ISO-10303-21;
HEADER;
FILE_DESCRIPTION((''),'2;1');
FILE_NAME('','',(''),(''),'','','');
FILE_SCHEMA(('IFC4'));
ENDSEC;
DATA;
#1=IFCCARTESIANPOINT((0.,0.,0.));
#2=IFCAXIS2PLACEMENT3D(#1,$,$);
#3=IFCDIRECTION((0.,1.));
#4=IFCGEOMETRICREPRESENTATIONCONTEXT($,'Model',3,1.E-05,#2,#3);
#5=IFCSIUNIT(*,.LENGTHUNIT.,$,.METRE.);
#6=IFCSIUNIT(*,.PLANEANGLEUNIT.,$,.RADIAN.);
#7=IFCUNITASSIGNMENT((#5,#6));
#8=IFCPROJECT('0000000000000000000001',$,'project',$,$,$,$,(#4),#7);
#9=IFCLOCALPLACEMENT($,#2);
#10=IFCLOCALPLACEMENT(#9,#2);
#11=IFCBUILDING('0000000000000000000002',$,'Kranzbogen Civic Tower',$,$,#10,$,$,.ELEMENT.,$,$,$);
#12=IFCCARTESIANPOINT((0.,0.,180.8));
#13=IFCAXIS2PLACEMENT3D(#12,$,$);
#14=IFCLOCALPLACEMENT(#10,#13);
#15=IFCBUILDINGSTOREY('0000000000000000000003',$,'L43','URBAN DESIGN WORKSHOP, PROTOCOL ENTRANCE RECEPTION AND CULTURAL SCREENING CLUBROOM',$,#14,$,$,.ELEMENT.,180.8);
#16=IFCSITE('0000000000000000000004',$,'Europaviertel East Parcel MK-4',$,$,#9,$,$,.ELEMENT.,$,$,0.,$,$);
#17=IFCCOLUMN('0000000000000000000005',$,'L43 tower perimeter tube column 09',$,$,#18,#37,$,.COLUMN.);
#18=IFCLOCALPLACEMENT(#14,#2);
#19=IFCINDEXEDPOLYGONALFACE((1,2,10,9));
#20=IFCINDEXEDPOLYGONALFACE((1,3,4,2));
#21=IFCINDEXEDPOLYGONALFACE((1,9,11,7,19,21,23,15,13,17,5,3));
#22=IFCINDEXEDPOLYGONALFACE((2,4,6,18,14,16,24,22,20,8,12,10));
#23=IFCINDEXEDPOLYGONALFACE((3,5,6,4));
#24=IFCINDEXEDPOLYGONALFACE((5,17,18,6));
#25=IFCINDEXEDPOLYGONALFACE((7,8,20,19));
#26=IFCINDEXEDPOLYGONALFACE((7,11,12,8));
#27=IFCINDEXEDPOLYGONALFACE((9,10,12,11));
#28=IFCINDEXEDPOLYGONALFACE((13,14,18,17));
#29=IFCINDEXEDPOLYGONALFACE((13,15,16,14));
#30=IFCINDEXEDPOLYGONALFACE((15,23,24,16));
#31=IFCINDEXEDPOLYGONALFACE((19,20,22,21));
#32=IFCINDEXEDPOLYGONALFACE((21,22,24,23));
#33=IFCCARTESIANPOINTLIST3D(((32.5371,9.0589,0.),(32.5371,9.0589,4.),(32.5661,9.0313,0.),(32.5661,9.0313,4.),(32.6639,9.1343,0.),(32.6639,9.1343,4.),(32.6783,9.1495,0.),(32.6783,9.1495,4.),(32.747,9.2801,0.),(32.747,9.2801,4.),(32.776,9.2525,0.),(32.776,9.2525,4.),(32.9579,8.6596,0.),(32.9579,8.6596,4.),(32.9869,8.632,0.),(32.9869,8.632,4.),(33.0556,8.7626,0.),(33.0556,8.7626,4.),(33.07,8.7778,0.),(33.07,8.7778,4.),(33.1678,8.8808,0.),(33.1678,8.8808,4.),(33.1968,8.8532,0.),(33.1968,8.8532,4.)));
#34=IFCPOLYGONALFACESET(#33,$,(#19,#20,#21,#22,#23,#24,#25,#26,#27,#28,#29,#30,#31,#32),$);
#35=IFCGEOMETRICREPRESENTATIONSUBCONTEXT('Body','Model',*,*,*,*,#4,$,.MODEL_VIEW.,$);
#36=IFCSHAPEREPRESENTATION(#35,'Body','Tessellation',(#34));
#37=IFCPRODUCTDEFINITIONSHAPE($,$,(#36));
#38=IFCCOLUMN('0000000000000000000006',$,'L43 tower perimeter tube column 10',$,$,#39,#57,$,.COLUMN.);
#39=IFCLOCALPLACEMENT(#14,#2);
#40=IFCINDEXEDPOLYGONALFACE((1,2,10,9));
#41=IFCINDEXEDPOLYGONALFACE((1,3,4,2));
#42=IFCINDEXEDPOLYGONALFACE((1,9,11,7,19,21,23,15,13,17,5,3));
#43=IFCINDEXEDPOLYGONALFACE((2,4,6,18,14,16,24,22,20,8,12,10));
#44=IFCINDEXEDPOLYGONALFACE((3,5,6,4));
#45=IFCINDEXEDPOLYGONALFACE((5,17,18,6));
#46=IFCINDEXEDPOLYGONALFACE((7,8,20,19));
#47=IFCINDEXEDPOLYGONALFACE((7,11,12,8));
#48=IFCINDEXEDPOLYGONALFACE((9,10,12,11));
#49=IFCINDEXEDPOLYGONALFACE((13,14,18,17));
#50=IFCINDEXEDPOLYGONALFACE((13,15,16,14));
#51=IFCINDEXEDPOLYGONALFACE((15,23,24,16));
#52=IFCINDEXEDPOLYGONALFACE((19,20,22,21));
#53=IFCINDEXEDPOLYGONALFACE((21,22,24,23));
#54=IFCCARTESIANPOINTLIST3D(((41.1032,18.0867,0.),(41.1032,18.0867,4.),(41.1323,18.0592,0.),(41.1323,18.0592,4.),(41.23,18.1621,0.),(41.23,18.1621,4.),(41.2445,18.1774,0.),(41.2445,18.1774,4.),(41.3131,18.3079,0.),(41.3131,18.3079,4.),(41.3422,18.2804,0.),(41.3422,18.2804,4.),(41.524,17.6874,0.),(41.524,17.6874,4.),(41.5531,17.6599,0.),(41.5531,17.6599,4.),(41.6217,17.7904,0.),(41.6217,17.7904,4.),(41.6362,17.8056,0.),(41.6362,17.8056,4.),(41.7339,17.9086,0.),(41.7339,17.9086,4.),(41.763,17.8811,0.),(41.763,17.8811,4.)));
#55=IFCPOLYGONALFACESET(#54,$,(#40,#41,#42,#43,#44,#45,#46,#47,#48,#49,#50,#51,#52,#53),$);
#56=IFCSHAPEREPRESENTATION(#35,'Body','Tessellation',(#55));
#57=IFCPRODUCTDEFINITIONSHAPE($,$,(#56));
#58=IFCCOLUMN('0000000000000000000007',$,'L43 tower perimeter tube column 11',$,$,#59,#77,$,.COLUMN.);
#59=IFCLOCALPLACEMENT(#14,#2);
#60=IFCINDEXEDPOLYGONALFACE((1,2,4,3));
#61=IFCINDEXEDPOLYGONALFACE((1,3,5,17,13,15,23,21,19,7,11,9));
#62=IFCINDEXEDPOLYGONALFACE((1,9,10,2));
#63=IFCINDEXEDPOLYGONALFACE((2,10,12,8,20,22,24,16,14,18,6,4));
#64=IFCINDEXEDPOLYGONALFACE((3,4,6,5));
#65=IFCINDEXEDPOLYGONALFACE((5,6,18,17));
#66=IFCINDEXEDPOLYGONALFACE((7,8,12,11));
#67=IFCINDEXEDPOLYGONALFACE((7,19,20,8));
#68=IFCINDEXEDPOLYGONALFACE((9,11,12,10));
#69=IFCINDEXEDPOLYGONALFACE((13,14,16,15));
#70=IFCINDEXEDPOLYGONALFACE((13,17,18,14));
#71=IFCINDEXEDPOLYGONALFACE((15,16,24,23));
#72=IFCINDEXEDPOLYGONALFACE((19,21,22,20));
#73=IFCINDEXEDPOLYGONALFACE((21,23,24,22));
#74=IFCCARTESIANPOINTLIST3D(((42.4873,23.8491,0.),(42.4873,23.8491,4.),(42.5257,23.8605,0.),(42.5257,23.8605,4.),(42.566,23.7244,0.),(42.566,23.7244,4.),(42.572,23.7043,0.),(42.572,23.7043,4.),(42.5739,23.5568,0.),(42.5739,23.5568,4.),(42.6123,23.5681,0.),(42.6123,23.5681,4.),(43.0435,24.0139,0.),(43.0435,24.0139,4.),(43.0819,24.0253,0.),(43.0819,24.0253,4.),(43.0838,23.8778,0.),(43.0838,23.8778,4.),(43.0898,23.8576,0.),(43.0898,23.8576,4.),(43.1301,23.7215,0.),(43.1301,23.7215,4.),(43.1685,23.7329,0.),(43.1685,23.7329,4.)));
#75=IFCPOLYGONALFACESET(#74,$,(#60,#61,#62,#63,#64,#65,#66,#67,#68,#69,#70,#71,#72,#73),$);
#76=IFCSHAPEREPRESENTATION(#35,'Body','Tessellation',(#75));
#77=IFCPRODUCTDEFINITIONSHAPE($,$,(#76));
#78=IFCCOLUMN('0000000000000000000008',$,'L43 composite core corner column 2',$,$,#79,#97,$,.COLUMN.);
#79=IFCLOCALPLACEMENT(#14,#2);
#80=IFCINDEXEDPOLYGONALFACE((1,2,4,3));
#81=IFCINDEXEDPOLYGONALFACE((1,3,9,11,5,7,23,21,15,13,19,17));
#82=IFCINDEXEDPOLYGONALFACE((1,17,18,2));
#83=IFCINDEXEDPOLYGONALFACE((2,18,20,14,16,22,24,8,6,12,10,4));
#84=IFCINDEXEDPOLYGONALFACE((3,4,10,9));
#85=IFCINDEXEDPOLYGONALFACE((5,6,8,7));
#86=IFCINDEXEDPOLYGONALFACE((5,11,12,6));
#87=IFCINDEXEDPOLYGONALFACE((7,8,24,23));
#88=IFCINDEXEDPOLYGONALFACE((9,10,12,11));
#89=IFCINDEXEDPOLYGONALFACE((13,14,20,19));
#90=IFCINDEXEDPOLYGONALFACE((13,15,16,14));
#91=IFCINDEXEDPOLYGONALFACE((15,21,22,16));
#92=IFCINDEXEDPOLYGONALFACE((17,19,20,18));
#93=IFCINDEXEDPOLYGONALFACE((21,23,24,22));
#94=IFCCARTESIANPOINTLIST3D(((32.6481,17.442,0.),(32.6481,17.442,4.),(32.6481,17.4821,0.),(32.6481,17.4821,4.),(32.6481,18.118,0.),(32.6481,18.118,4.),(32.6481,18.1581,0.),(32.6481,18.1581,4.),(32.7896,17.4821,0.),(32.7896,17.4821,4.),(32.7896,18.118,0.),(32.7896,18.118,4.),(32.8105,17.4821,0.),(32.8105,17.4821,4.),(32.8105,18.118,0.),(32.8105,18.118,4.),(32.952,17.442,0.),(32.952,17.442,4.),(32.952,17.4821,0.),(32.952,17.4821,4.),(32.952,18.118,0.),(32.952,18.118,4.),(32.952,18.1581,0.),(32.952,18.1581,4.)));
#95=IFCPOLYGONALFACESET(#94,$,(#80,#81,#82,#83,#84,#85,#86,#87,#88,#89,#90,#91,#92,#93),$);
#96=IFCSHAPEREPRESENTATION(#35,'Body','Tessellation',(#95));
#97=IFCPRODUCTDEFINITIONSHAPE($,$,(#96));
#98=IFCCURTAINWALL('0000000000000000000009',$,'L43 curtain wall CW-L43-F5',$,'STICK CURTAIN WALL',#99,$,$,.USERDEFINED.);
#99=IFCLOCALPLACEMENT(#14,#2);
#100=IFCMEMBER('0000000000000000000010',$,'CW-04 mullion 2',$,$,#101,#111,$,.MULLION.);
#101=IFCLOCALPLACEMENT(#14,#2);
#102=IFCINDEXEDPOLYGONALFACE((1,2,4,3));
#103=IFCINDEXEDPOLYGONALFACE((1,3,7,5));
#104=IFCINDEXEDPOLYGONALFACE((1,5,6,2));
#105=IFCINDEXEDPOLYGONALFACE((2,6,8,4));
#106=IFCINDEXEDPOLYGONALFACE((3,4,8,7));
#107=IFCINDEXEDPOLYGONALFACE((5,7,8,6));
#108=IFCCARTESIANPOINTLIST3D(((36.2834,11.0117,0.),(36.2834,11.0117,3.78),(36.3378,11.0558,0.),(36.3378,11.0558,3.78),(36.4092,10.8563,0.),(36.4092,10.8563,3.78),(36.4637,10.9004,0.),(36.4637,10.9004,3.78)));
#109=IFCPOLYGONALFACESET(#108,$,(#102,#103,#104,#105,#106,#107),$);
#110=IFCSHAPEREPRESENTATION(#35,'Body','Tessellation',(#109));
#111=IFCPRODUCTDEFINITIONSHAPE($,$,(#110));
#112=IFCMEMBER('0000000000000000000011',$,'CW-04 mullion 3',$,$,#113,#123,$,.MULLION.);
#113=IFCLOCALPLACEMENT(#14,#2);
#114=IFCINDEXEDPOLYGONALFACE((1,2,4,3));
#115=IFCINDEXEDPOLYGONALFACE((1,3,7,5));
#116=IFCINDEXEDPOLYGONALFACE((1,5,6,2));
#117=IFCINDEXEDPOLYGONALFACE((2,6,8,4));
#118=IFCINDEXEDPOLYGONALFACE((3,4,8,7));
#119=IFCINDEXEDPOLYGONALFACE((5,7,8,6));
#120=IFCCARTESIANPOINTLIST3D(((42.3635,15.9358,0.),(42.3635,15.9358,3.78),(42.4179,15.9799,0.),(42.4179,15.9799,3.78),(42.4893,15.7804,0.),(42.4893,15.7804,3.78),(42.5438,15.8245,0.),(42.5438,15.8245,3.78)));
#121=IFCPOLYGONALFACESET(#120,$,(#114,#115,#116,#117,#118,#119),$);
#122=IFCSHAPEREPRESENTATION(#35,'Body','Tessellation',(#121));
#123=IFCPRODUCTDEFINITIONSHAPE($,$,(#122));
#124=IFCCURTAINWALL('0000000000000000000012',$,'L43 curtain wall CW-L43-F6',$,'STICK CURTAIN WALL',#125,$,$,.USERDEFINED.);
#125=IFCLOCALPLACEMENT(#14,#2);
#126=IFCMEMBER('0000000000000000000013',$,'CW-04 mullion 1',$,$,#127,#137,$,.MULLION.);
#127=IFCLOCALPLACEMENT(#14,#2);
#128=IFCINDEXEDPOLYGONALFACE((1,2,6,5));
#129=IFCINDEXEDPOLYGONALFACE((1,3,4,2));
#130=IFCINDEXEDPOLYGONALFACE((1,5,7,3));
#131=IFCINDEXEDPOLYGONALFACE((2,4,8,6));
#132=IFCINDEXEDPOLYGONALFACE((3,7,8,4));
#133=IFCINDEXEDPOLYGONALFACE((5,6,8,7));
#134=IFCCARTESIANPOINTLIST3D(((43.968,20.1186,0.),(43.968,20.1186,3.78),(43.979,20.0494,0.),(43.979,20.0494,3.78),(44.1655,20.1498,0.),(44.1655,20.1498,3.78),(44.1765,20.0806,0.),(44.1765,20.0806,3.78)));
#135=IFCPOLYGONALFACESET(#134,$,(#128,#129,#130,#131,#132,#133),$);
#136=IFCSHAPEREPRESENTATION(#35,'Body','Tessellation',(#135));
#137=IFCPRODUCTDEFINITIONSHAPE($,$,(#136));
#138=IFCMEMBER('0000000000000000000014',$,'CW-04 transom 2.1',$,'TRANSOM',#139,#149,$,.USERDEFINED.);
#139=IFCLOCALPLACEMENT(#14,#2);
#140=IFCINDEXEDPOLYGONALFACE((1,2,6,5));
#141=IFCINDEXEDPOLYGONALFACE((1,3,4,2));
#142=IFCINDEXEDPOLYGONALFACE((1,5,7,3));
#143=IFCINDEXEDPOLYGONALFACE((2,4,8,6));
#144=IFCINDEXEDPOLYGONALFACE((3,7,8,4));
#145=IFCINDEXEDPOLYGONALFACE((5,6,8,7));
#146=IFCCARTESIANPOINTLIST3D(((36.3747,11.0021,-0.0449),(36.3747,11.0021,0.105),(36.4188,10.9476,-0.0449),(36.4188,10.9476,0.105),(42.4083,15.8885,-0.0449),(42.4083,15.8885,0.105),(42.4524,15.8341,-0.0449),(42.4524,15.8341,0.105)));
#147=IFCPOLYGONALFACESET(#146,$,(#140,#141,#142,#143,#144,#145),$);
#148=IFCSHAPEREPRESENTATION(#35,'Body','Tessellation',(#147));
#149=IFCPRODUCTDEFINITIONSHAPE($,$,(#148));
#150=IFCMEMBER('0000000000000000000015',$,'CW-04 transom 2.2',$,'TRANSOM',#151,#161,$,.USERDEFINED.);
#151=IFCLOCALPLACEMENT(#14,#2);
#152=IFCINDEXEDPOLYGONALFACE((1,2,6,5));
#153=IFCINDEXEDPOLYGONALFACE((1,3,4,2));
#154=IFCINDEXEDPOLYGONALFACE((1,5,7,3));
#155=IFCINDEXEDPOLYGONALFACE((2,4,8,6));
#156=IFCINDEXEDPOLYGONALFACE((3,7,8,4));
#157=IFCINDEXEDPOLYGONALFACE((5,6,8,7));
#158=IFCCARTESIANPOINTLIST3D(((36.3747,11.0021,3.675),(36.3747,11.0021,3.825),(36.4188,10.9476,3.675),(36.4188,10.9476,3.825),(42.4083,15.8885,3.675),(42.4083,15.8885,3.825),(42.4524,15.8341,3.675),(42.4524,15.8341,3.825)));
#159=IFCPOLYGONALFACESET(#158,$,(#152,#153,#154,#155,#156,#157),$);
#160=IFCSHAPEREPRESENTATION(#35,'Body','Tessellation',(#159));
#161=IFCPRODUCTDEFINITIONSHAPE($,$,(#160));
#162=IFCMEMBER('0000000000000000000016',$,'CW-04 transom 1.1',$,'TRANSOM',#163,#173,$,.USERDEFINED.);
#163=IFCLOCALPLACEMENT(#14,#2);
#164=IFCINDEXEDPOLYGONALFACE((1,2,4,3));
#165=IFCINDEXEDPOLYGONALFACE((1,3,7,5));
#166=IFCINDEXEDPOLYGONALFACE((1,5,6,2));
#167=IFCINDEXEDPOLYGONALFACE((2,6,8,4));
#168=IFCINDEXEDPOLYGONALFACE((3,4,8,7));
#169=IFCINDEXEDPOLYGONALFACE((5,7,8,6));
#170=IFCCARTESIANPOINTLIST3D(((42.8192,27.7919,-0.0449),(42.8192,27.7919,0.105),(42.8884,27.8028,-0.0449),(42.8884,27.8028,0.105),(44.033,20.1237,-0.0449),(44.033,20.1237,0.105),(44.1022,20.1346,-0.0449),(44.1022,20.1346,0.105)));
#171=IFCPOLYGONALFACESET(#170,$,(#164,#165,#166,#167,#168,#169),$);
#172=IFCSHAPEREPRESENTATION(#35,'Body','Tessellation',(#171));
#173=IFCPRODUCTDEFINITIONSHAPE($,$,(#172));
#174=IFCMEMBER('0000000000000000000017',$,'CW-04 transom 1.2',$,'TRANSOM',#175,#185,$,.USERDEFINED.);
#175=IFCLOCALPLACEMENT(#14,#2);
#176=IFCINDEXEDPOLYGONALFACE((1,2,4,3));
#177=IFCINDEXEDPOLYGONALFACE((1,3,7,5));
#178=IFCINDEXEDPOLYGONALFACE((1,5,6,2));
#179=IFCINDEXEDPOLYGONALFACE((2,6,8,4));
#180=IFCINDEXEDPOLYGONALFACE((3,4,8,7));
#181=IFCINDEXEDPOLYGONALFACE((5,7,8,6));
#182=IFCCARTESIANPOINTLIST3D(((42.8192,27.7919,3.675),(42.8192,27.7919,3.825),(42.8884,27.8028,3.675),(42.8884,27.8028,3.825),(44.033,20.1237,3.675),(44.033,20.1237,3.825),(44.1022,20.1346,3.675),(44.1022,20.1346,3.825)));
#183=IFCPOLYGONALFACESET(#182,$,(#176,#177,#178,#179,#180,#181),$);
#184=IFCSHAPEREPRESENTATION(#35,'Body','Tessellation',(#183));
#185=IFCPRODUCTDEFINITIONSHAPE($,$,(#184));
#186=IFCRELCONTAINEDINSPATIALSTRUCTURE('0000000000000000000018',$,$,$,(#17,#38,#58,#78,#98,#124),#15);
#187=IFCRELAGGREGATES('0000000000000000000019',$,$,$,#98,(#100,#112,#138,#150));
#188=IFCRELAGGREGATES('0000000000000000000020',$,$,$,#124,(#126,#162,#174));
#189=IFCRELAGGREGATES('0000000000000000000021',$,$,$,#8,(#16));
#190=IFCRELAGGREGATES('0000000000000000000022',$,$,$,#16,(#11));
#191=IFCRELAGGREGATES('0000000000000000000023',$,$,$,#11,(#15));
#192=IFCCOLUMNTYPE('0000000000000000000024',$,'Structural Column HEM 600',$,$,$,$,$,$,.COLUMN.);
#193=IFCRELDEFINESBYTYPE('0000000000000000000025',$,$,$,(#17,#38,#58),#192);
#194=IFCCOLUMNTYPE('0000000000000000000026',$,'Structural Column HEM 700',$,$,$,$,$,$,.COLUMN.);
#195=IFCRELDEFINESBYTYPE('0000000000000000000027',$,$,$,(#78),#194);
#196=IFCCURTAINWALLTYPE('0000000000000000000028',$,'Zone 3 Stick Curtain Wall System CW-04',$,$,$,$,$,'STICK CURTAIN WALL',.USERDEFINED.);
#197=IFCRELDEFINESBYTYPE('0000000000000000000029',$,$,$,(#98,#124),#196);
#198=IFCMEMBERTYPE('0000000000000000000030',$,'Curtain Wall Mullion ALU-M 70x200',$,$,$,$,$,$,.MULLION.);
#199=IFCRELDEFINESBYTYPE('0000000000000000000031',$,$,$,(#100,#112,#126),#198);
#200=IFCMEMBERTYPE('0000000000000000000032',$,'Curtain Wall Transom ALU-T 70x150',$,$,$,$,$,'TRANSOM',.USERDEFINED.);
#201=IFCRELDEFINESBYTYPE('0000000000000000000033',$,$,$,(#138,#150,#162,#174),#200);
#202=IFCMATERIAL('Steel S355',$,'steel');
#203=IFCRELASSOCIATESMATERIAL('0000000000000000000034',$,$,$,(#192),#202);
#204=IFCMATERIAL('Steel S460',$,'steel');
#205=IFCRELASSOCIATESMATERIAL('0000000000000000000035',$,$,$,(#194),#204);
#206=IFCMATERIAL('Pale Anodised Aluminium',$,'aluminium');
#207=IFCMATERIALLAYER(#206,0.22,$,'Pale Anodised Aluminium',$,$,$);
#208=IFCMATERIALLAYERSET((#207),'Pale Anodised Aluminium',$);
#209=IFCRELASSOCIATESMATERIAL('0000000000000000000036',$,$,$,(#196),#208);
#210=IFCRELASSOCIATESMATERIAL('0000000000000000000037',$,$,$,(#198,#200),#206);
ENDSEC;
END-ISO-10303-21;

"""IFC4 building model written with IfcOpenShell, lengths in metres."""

from ifc_helpers import new_model, si_unit, direction, frame, origin, origin_2d, place, context, subcontext, project, spatial, rectangle, i_section, extrude, material, layer, layer_set, material_profile, profile_set, type_object, element, aggregate, save


model = new_model("IFC4")

# Units and contexts
model_context = context("Model", 3, precision=1e-05, world=origin(), true_north=direction((0.0, 1.0)))
body_context = subcontext(model_context, "Body", "Model", "MODEL_VIEW")
ifc_project = project(units=[si_unit("LENGTHUNIT", "METRE"), si_unit("PLANEANGLEUNIT", "RADIAN")], contexts=[model_context])

# Site, building, storey
site_placement = place(None, origin())
site = spatial("IfcSite", under=ifc_project, at=site_placement, Name="Europaviertel East Parcel MK-4", CompositionType="ELEMENT", RefElevation=0.0)
building_placement = place(site_placement, origin())
building = spatial("IfcBuilding", under=site, at=building_placement, Name="Kranzbogen Civic Tower", CompositionType="ELEMENT")
storey_placement = place(building_placement, frame((0.0, 0.0, 180.8)))
storey = spatial("IfcBuildingStorey", under=building, at=storey_placement, Name="L43", Description="URBAN DESIGN WORKSHOP, PROTOCOL ENTRANCE RECEPTION AND CULTURAL SCREENING CLUBROOM", CompositionType="ELEMENT", Elevation=180.8)

# Columns
ifc_material_1 = material(Name="Steel S355", Category="steel")
ifc_material_profile_1 = material_profile(ifc_material_1, i_section(OverallWidth=0.3049, OverallDepth=0.6201, WebThickness=0.021, FlangeThickness=0.04, at=origin_2d()), Name="HEM 600")
ifc_profile_set_1 = profile_set([ifc_material_profile_1], Name="Steel S355")
column_type_1 = type_object("IfcColumnType", Name="Structural Column HEM 600", PredefinedType="COLUMN", material=ifc_profile_set_1)
for number, where, z_axis, x_axis, name in (
    (1, (32.8669, 8.9561, 0.0), (0.0, 0.0, 1.0), (0.688355, 0.725374, 0.0), "L43 tower perimeter tube column 09"),
    (2, (41.4331, 17.9839, 0.0), (0.0, 0.0, 1.0), (0.688355, 0.725374, 0.0), "L43 tower perimeter tube column 10"),
    (3, (42.8279, 23.791, 0.0), (0.0, 0.0, 1.0), (-0.284015, 0.95882, 0.0), "L43 tower perimeter tube column 11"),
):
    element("IfcColumn", number, at=place(storey_placement, frame(where, z_axis=z_axis, x_axis=x_axis)), inside=storey, type_object=column_type_1, Name=name, PredefinedType="COLUMN", context=body_context, shape_type="SweptSolid", body=[
        extrude(i_section(OverallWidth=0.3049, OverallDepth=0.6201, WebThickness=0.021, FlangeThickness=0.04, at=origin_2d()), origin(), (0.0, 0.0, 1.0), 4.0),
    ])
ifc_material_2 = material(Name="Steel S460", Category="steel")
ifc_material_profile_2 = material_profile(ifc_material_2, i_section(OverallWidth=0.304, OverallDepth=0.7161, WebThickness=0.021, FlangeThickness=0.04, at=origin_2d()), Name="HEM 700")
ifc_profile_set_2 = profile_set([ifc_material_profile_2], Name="Steel S460")
column_type_2 = type_object("IfcColumnType", Name="Structural Column HEM 700", PredefinedType="COLUMN", material=ifc_profile_set_2)
column_placement = place(storey_placement, frame((32.8, 17.8, 0.0), z_axis=(0.0, 0.0, 1.0), x_axis=(1.0, 0.0, 0.0)))
element("IfcColumn", 4, at=column_placement, inside=storey, type_object=column_type_2, Name="L43 composite core corner column 2", PredefinedType="COLUMN", context=body_context, shape_type="SweptSolid", body=[
    extrude(i_section(OverallWidth=0.304, OverallDepth=0.7161, WebThickness=0.021, FlangeThickness=0.04, at=origin_2d()), origin(), (0.0, 0.0, 1.0), 4.0),
])

# Curtain wall, members
ifc_material_3 = material(Name="Pale Anodised Aluminium", Category="aluminium")
ifc_layer_1 = layer(ifc_material_3, 0.22, Name="Pale Anodised Aluminium")
ifc_layer_set_1 = layer_set([ifc_layer_1], Name="Pale Anodised Aluminium")
curtain_wall_type = type_object("IfcCurtainWallType", Name="Zone 3 Stick Curtain Wall System CW-04", ElementType="STICK CURTAIN WALL", PredefinedType="USERDEFINED", material=ifc_layer_set_1)
curtain_wall_1_placement = place(storey_placement, origin())
curtain_wall_1 = element("IfcCurtainWall", 5, at=curtain_wall_1_placement, inside=storey, type_object=curtain_wall_type, Name="L43 curtain wall CW-L43-F5", ObjectType="STICK CURTAIN WALL", PredefinedType="USERDEFINED")
ifc_material_profile_3 = material_profile(ifc_material_3, rectangle(XDim=0.0701, YDim=0.2, at=origin_2d()), Name="ALU-M 70x200")
ifc_profile_set_3 = profile_set([ifc_material_profile_3], Name="Pale Anodised Aluminium")
member_type_1 = type_object("IfcMemberType", Name="Curtain Wall Mullion ALU-M 70x200", PredefinedType="MULLION", material=ifc_profile_set_3)
member_1_placement = place(storey_placement, frame((36.3735, 10.9561, 0.0), z_axis=(0.0, 0.0, 1.0), x_axis=(0.777116, 0.629358, 0.0)))
member_1 = element("IfcMember", 6, at=member_1_placement, type_object=member_type_1, Name="CW-04 mullion 2", PredefinedType="MULLION", context=body_context, shape_type="SweptSolid", body=[
    extrude(rectangle(XDim=0.0701, YDim=0.2, at=origin_2d()), origin(), (0.0, 0.0, 1.0), 3.78),
])
member_2_placement = place(storey_placement, frame((42.4536, 15.8801, 0.0), z_axis=(0.0, 0.0, 1.0), x_axis=(0.777116, 0.629358, 0.0)))
member_2 = element("IfcMember", 7, at=member_2_placement, type_object=member_type_1, Name="CW-04 mullion 3", PredefinedType="MULLION", context=body_context, shape_type="SweptSolid", body=[
    extrude(rectangle(XDim=0.0701, YDim=0.2, at=origin_2d()), origin(), (0.0, 0.0, 1.0), 3.78),
])

# Curtain wall, member
curtain_wall_2_placement = place(storey_placement, origin())
curtain_wall_2 = element("IfcCurtainWall", 8, at=curtain_wall_2_placement, inside=storey, type_object=curtain_wall_type, Name="L43 curtain wall CW-L43-F6", ObjectType="STICK CURTAIN WALL", PredefinedType="USERDEFINED")
member_3_placement = place(storey_placement, frame((44.0723, 20.0996, 0.0), z_axis=(0.0, 0.0, 1.0), x_axis=(-0.156361, 0.9877, 0.0)))
member_3 = element("IfcMember", 9, at=member_3_placement, type_object=member_type_1, Name="CW-04 mullion 1", PredefinedType="MULLION", context=body_context, shape_type="SweptSolid", body=[
    extrude(rectangle(XDim=0.0701, YDim=0.2, at=origin_2d()), origin(), (0.0, 0.0, 1.0), 3.78),
])

# Members
ifc_material_profile_4 = material_profile(ifc_material_3, rectangle(XDim=0.0701, YDim=0.1499, at=origin_2d()), Name="ALU-T 70x150")
ifc_profile_set_4 = profile_set([ifc_material_profile_4], Name="Pale Anodised Aluminium")
member_type_2 = type_object("IfcMemberType", Name="Curtain Wall Transom ALU-T 70x150", ElementType="TRANSOM", PredefinedType="USERDEFINED", material=ifc_profile_set_4)
member_4_placement = place(storey_placement, frame((36.3967, 10.9749, 0.03), z_axis=(0.777115, 0.629358, 0.0), x_axis=(-0.629358, 0.777115, 0.0)))
member_4 = element("IfcMember", 10, at=member_4_placement, type_object=member_type_2, Name="CW-04 transom 2.1", ObjectType="TRANSOM", PredefinedType="USERDEFINED", context=body_context, shape_type="SweptSolid", body=[
    extrude(rectangle(XDim=0.0701, YDim=0.1499, at=origin_2d()), origin(), (0.0, 0.0, 1.0), 7.7642),
])
member_5_placement = place(storey_placement, frame((36.3967, 10.9749, 3.75), z_axis=(0.777115, 0.629358, 0.0), x_axis=(-0.629358, 0.777115, 0.0)))
member_5 = element("IfcMember", 11, at=member_5_placement, type_object=member_type_2, Name="CW-04 transom 2.2", ObjectType="TRANSOM", PredefinedType="USERDEFINED", context=body_context, shape_type="SweptSolid", body=[
    extrude(rectangle(XDim=0.0701, YDim=0.1499, at=origin_2d()), origin(), (0.0, 0.0, 1.0), 7.7642),
])
member_6_placement = place(storey_placement, frame((44.0676, 20.1292, 0.03), z_axis=(-0.156352, 0.987701, 0.0), x_axis=(-0.987701, -0.156352, 0.0)))
member_6 = element("IfcMember", 12, at=member_6_placement, type_object=member_type_2, Name="CW-04 transom 1.1", ObjectType="TRANSOM", PredefinedType="USERDEFINED", context=body_context, shape_type="SweptSolid", body=[
    extrude(rectangle(XDim=0.0701, YDim=0.1499, at=origin_2d()), origin(), (0.0, 0.0, 1.0), 7.7637),
])
member_7_placement = place(storey_placement, frame((44.0676, 20.1292, 3.75), z_axis=(-0.156352, 0.987701, 0.0), x_axis=(-0.987701, -0.156352, 0.0)))
member_7 = element("IfcMember", 13, at=member_7_placement, type_object=member_type_2, Name="CW-04 transom 1.2", ObjectType="TRANSOM", PredefinedType="USERDEFINED", context=body_context, shape_type="SweptSolid", body=[
    extrude(rectangle(XDim=0.0701, YDim=0.1499, at=origin_2d()), origin(), (0.0, 0.0, 1.0), 7.7637),
])

aggregate(curtain_wall_1, [member_1, member_2, member_4, member_5])
aggregate(curtain_wall_2, [member_3, member_6, member_7])

save(model, "model.ifc")
